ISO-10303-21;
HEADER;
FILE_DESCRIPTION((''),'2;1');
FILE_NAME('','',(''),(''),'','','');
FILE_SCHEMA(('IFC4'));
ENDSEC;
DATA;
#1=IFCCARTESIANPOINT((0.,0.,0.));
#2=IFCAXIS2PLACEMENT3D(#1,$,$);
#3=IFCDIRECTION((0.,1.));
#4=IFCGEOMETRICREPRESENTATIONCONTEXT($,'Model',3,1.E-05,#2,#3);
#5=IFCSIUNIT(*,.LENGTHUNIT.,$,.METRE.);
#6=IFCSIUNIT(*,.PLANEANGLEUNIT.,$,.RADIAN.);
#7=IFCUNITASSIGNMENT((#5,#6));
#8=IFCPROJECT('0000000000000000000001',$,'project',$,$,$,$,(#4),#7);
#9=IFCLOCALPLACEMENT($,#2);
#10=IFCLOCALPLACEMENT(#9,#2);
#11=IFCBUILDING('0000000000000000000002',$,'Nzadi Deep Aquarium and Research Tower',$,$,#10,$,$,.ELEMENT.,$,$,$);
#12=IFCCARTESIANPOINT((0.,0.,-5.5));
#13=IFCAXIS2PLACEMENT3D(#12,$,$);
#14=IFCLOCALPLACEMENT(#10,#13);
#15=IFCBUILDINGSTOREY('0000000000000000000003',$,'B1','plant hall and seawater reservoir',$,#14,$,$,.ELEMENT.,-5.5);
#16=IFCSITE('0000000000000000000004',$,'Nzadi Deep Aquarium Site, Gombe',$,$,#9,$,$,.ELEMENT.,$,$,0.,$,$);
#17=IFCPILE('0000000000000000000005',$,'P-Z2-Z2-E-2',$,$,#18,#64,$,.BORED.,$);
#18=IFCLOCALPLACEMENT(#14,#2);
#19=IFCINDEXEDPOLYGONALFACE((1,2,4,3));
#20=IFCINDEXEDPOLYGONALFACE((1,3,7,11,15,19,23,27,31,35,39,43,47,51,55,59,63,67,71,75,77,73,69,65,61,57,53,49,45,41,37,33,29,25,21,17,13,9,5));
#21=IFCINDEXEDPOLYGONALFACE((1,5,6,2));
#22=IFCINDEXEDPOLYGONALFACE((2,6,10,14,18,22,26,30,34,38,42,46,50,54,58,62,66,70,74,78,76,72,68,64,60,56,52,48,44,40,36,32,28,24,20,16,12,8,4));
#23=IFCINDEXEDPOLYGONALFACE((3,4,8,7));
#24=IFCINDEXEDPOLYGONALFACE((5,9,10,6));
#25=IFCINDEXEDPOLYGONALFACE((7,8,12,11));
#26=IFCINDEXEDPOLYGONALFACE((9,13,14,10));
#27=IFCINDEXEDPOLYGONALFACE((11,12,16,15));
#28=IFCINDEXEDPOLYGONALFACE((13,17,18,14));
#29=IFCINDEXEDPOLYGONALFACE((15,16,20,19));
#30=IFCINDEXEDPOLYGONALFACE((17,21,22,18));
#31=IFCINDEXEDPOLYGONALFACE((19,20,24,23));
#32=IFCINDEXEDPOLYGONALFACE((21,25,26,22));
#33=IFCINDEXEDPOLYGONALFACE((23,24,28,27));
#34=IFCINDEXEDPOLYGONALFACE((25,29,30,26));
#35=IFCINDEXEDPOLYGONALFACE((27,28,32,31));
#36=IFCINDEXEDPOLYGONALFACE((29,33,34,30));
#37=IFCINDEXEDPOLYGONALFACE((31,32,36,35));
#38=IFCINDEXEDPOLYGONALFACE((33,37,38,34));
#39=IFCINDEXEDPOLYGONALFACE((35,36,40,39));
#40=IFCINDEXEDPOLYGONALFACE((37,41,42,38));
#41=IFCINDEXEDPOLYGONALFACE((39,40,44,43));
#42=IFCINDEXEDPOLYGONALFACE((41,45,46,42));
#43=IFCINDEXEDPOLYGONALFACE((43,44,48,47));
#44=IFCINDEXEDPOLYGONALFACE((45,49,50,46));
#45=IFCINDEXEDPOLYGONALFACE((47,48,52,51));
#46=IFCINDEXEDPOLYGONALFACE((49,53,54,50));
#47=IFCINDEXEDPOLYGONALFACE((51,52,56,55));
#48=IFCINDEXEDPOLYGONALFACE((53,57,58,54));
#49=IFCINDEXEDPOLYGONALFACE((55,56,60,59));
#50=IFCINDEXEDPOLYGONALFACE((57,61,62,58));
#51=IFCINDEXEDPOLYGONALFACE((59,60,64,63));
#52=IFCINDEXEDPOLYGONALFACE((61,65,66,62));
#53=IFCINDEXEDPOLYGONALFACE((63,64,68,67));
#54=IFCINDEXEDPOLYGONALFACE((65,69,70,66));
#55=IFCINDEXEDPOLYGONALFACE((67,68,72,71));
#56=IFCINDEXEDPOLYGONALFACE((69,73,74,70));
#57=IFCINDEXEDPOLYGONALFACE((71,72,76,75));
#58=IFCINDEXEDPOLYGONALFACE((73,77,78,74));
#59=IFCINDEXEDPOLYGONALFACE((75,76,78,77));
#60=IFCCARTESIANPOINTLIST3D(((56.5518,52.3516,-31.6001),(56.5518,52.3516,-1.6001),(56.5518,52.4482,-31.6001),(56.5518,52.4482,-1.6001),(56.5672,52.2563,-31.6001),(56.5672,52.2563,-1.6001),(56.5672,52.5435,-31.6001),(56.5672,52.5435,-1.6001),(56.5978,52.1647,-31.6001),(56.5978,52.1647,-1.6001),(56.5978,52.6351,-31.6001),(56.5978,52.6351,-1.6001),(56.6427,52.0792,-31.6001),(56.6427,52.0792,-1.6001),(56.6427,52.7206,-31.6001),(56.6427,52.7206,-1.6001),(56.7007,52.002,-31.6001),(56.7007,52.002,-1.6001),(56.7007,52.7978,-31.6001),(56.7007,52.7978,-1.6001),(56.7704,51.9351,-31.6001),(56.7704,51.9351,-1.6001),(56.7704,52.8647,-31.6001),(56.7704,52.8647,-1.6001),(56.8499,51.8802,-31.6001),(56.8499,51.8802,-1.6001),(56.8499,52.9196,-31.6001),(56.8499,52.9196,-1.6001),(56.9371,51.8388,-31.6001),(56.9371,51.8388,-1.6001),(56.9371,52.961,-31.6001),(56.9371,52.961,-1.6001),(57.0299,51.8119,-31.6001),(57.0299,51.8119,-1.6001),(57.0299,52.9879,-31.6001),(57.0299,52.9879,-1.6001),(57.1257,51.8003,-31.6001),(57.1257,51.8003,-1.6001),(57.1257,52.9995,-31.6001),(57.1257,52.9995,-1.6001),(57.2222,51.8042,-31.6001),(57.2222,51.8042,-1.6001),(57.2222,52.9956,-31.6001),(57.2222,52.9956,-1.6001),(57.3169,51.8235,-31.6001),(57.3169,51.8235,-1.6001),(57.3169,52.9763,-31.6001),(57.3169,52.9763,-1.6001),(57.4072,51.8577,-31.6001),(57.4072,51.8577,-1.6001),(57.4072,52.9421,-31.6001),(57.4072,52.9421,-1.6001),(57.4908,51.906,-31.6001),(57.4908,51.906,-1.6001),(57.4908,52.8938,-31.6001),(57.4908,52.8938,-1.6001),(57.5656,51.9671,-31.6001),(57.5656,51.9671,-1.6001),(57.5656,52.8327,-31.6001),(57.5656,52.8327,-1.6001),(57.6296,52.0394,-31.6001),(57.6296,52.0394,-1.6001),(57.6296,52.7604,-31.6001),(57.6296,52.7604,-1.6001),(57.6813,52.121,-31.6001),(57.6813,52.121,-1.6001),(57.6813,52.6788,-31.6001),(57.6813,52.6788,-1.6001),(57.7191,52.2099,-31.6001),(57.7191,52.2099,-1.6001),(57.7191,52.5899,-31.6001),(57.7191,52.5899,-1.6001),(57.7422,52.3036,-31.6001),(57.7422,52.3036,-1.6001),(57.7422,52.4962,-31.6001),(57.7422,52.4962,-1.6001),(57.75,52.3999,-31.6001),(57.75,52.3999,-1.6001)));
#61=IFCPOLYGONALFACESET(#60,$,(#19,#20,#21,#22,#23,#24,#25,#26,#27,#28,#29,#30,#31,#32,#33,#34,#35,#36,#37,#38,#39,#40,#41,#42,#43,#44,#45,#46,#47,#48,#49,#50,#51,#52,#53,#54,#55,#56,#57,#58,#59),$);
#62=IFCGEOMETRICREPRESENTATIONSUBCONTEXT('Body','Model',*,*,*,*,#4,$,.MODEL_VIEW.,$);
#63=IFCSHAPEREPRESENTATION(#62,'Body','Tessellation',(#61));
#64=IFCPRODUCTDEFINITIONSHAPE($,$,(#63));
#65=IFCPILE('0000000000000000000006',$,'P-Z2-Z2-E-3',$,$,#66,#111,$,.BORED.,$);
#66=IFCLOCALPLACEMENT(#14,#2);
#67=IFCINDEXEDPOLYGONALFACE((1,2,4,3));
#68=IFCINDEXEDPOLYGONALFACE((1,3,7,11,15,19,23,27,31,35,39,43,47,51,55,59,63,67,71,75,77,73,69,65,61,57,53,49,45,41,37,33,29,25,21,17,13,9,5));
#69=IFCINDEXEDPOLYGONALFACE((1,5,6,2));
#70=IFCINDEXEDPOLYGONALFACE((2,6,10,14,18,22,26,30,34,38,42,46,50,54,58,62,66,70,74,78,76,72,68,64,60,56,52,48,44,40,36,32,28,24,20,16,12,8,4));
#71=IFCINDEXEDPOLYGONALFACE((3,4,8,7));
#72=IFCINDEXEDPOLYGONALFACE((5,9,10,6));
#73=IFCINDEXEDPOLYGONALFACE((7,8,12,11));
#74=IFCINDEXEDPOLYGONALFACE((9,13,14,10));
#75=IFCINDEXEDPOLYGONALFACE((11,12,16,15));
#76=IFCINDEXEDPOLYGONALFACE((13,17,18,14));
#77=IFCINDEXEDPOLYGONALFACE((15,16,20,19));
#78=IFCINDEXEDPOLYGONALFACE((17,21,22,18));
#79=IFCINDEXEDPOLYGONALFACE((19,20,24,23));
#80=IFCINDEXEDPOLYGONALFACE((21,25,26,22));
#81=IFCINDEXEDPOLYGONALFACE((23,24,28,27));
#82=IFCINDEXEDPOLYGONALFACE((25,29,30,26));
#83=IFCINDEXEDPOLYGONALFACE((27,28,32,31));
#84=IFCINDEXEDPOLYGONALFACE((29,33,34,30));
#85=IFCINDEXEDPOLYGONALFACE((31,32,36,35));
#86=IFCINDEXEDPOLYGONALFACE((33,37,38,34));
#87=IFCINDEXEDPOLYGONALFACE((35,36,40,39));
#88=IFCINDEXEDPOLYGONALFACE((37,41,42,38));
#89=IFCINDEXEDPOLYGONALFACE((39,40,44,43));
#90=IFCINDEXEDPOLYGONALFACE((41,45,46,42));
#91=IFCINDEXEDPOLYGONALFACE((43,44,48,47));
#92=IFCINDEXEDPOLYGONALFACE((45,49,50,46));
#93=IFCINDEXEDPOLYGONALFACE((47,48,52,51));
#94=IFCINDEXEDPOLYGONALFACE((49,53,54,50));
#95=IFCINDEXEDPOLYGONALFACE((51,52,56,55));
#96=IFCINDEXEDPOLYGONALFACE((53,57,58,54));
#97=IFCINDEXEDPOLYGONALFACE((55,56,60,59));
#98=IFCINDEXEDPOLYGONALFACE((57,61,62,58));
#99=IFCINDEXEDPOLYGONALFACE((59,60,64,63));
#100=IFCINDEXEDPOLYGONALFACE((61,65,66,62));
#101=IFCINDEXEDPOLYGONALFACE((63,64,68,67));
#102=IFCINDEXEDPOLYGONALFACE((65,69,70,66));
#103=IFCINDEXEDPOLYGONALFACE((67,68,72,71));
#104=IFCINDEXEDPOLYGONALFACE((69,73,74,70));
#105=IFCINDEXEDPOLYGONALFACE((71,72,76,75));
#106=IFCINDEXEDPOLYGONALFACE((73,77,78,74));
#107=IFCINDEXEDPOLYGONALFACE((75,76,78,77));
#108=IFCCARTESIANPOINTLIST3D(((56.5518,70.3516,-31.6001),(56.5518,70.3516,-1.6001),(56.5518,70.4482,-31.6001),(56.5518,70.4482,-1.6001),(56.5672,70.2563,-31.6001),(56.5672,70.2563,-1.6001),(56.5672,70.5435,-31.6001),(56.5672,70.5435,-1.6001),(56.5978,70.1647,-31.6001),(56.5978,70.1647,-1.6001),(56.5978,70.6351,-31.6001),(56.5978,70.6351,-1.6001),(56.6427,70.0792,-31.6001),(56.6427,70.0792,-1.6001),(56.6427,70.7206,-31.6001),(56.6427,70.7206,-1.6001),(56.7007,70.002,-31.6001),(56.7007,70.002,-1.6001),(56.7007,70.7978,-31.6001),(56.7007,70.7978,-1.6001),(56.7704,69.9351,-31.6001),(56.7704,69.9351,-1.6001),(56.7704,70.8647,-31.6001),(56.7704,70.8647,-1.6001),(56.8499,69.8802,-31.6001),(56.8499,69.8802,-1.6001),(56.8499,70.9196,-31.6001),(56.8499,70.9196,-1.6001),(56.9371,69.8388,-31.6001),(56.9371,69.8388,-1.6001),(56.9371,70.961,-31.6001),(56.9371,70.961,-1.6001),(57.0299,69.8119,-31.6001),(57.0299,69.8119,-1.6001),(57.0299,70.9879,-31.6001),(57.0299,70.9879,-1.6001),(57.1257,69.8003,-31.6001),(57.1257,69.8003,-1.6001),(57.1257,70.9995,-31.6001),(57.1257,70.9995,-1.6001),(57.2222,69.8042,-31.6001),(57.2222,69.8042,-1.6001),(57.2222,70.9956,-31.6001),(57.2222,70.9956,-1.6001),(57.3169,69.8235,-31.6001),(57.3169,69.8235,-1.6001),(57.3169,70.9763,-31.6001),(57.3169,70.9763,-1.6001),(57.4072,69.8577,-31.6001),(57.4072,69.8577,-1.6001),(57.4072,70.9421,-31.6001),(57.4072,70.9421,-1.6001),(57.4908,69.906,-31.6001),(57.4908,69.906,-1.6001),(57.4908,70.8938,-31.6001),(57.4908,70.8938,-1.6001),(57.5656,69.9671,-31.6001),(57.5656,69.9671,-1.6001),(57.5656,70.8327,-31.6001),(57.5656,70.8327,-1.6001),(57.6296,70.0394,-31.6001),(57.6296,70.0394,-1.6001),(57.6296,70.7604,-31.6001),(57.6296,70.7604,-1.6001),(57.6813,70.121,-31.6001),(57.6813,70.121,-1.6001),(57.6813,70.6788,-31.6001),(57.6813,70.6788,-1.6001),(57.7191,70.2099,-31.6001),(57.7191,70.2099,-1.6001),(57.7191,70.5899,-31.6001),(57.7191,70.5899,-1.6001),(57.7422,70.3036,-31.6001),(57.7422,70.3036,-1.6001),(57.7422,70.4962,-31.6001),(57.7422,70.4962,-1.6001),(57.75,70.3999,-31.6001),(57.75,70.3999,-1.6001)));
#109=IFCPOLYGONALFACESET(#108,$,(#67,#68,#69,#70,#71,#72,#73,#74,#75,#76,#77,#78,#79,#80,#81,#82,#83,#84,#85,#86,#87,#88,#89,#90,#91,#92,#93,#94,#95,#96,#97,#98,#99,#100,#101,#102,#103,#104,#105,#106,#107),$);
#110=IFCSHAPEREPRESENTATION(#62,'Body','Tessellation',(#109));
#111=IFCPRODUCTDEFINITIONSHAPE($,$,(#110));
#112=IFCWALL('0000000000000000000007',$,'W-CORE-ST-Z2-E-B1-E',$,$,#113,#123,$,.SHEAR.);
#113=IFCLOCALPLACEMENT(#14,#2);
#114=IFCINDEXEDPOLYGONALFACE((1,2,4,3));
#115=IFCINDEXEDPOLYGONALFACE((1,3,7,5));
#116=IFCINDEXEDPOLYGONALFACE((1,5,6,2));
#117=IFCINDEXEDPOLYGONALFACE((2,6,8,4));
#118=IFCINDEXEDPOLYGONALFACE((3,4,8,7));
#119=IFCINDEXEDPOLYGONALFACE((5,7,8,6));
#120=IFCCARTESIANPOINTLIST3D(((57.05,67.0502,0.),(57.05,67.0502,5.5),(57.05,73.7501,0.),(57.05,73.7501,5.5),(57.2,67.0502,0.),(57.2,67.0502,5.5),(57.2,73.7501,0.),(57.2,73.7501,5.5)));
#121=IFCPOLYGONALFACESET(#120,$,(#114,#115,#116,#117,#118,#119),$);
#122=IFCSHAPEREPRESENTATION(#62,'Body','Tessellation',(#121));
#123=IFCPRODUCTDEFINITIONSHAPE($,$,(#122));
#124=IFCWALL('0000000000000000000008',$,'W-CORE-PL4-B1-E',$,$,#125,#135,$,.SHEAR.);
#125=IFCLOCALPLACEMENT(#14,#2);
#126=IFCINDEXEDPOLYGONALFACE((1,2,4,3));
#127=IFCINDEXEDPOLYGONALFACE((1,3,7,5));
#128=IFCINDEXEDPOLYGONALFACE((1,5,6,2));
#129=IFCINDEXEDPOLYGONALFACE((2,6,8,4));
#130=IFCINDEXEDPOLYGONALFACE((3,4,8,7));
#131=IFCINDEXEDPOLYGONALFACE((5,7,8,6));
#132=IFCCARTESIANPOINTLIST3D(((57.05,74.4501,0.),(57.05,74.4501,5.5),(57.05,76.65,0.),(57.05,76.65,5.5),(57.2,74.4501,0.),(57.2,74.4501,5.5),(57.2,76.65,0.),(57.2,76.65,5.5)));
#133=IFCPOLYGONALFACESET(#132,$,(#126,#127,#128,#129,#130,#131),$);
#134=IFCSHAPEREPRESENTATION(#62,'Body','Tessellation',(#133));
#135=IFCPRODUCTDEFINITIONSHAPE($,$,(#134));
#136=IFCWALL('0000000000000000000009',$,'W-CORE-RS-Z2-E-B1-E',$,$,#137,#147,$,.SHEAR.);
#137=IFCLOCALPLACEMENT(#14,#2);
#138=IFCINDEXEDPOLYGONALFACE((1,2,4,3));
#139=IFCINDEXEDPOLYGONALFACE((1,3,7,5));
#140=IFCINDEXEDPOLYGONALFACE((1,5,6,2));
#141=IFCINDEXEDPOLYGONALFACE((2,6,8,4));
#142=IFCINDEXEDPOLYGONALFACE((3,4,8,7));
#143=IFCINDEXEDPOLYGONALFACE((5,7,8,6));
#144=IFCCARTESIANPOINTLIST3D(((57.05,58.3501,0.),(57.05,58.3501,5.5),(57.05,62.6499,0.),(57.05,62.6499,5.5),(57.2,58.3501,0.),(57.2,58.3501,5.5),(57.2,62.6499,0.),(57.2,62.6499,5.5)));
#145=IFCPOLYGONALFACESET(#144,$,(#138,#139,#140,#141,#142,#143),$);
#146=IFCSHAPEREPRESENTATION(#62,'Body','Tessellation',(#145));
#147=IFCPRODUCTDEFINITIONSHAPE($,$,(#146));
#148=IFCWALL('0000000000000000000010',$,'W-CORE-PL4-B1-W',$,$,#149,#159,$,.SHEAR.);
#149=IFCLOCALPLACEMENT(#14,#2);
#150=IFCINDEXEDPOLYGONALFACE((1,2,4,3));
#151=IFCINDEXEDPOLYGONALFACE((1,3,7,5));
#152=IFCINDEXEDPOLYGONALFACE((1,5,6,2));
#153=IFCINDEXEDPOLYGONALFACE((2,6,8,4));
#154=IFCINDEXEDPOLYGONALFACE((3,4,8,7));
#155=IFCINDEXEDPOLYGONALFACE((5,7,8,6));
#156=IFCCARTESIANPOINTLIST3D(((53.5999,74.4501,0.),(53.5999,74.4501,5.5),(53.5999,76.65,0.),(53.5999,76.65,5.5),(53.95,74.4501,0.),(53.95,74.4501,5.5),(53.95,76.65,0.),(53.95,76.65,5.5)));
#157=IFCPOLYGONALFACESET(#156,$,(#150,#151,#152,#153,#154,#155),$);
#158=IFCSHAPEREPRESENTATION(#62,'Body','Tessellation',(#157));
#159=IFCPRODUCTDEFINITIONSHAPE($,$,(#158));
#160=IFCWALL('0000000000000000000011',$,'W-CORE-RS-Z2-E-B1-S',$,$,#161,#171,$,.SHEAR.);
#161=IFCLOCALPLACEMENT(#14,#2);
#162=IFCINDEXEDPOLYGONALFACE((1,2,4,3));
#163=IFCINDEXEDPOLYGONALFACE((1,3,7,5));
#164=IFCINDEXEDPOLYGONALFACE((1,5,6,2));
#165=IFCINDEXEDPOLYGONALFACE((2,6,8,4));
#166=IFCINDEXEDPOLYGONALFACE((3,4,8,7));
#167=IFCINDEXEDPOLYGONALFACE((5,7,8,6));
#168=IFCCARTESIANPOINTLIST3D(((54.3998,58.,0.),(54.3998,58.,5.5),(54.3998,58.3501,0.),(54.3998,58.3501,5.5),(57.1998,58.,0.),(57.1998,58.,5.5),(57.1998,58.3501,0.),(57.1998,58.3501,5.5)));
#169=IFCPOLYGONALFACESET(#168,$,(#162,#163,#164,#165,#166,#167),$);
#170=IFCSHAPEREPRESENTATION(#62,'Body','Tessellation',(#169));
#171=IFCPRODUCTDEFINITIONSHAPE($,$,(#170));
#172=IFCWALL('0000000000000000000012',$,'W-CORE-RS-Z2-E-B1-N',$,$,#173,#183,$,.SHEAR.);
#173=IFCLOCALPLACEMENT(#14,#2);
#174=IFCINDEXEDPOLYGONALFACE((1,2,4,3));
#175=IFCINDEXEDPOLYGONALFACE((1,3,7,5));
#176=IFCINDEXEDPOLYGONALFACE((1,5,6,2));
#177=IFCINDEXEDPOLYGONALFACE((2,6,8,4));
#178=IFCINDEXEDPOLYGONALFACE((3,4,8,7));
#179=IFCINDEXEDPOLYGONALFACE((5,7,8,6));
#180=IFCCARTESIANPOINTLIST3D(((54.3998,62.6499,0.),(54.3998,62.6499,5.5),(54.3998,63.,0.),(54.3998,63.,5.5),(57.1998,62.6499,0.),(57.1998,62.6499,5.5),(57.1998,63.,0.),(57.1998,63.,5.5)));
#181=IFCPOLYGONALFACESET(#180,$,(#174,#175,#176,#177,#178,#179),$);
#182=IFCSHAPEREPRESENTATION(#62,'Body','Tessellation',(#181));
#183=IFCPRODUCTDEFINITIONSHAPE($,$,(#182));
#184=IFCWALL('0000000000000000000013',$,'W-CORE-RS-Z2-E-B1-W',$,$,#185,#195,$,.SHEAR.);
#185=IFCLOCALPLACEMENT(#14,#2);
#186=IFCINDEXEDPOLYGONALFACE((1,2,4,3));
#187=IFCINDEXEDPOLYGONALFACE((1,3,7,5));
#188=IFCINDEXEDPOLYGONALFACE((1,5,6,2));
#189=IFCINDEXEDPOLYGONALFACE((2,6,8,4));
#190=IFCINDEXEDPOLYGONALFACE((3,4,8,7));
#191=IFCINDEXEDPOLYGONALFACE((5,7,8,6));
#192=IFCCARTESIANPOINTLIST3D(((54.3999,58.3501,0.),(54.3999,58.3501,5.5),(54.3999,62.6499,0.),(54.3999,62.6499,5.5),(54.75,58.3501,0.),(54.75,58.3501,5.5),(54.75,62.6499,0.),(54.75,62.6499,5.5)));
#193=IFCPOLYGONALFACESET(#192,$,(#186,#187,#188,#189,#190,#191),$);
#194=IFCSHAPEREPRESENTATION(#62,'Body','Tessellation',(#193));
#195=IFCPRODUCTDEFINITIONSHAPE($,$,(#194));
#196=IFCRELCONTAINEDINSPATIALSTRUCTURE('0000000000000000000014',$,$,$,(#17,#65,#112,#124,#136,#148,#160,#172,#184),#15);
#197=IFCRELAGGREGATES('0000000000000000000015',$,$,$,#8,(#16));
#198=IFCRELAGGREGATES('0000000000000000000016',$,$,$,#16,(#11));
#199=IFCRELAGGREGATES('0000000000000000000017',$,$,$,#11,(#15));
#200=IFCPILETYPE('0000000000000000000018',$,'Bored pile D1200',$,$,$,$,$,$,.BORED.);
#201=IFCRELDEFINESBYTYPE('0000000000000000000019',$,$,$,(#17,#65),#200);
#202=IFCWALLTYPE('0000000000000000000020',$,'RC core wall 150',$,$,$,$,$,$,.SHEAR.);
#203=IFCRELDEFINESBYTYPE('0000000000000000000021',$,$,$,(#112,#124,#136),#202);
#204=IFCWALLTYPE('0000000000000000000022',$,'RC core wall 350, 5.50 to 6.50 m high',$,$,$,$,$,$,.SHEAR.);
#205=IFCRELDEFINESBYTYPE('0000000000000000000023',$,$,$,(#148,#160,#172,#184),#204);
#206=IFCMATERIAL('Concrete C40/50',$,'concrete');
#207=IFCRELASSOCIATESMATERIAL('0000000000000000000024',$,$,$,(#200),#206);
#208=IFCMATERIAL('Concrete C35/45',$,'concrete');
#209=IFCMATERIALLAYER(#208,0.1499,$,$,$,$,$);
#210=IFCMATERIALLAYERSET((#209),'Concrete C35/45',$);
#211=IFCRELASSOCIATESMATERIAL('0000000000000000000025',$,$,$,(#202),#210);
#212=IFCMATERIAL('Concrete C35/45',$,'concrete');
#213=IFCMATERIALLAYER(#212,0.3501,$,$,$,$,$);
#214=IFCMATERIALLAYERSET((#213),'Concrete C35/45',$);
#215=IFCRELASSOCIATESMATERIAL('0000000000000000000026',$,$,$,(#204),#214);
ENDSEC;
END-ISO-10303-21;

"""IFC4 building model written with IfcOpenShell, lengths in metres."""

from ifc_helpers import new_model, si_unit, direction, frame, frame_2d, origin, origin_2d, place, context, subcontext, project, spatial, rectangle, circle, extrude, material, layer, layer_set, material_profile, profile_set, type_object, element, save


model = new_model("IFC4")

# Units and contexts
model_context = context("Model", 3, precision=1e-05, world=origin(), true_north=direction((0.0, 1.0)))
body_context = subcontext(model_context, "Body", "Model", "MODEL_VIEW")
ifc_project = project(units=[si_unit("LENGTHUNIT", "METRE"), si_unit("PLANEANGLEUNIT", "RADIAN")], contexts=[model_context])

# Site, building, storey
site_placement = place(None, origin())
site = spatial("IfcSite", under=ifc_project, at=site_placement, Name="Nzadi Deep Aquarium Site, Gombe", CompositionType="ELEMENT", RefElevation=0.0)
building_placement = place(site_placement, origin())
building = spatial("IfcBuilding", under=site, at=building_placement, Name="Nzadi Deep Aquarium and Research Tower", CompositionType="ELEMENT")
storey_placement = place(building_placement, frame((0.0, 0.0, -5.5)))
storey = spatial("IfcBuildingStorey", under=building, at=storey_placement, Name="B1", Description="plant hall and seawater reservoir", CompositionType="ELEMENT", Elevation=-5.5)

# Piles
ifc_material_1 = material(Name="Concrete C40/50", Category="concrete")
ifc_material_profile_1 = material_profile(ifc_material_1, circle(Radius=0.6001, at=origin_2d()))
ifc_profile_set_1 = profile_set([ifc_material_profile_1], Name="Concrete C40/50")
pile_type_1 = type_object("IfcPileType", Name="Bored pile D1200", PredefinedType="BORED", material=ifc_profile_set_1)
for number, where, z_axis, x_axis, name in (
    (1, (57.1499, 52.3999, -1.6001), (0.0, 0.0, -1.0), (1.0, 0.0, 0.0), "P-Z2-Z2-E-2"),
    (2, (57.1499, 70.3999, -1.6001), (0.0, 0.0, -1.0), (1.0, 0.0, 0.0), "P-Z2-Z2-E-3"),
):
    element("IfcPile", number, at=place(storey_placement, frame(where, z_axis=z_axis, x_axis=x_axis)), inside=storey, type_object=pile_type_1, Name=name, PredefinedType="BORED", context=body_context, shape_type="SweptSolid", body=[
        extrude(circle(Radius=0.6001, at=origin_2d()), origin(), (0.0, 0.0, 1.0), 30.0),
    ])

# Walls
ifc_material_2 = material(Name="Concrete C35/45", Category="concrete")
ifc_layer_1 = layer(ifc_material_2, 0.1499)
ifc_layer_set_1 = layer_set([ifc_layer_1], Name="Concrete C35/45")
wall_type_1 = type_object("IfcWallType", Name="RC core wall 150", PredefinedType="SHEAR", material=ifc_layer_set_1)
wall_1_placement = place(storey_placement, frame((57.125, 67.05, 0.0), z_axis=(0.0, 0.0, 1.0), x_axis=(0.0, 1.0, 0.0)))
element("IfcWall", 3, at=wall_1_placement, inside=storey, type_object=wall_type_1, Name="W-CORE-ST-Z2-E-B1-E", PredefinedType="SHEAR", context=body_context, shape_type="SweptSolid", body=[
    extrude(rectangle(XDim=6.7, YDim=0.1499, at=frame_2d((3.3501, 0.0))), origin(), (0.0, 0.0, 1.0), 5.5),
])
wall_2_placement = place(storey_placement, frame((57.125, 74.45, 0.0), z_axis=(0.0, 0.0, 1.0), x_axis=(0.0, 1.0, 0.0)))
element("IfcWall", 4, at=wall_2_placement, inside=storey, type_object=wall_type_1, Name="W-CORE-PL4-B1-E", PredefinedType="SHEAR", context=body_context, shape_type="SweptSolid", body=[
    extrude(rectangle(XDim=2.2, YDim=0.1499, at=frame_2d((1.1001, 0.0))), origin(), (0.0, 0.0, 1.0), 5.5),
])
wall_3_placement = place(storey_placement, frame((57.125, 58.3501, 0.0), z_axis=(0.0, 0.0, 1.0), x_axis=(0.0, 1.0, 0.0)))
element("IfcWall", 5, at=wall_3_placement, inside=storey, type_object=wall_type_1, Name="W-CORE-RS-Z2-E-B1-E", PredefinedType="SHEAR", context=body_context, shape_type="SweptSolid", body=[
    extrude(rectangle(XDim=4.2998, YDim=0.1499, at=frame_2d((2.1499, 0.0))), origin(), (0.0, 0.0, 1.0), 5.5),
])
ifc_material_3 = material(Name="Concrete C35/45", Category="concrete")
ifc_layer_2 = layer(ifc_material_3, 0.3501)
ifc_layer_set_2 = layer_set([ifc_layer_2], Name="Concrete C35/45")
wall_type_2 = type_object("IfcWallType", Name="RC core wall 350, 5.50 to 6.50 m high", PredefinedType="SHEAR", material=ifc_layer_set_2)
wall_4_placement = place(storey_placement, frame((53.7749, 74.45, 0.0), z_axis=(0.0, 0.0, 1.0), x_axis=(0.0, 1.0, 0.0)))
element("IfcWall", 6, at=wall_4_placement, inside=storey, type_object=wall_type_2, Name="W-CORE-PL4-B1-W", PredefinedType="SHEAR", context=body_context, shape_type="SweptSolid", body=[
    extrude(rectangle(XDim=2.2, YDim=0.3501, at=frame_2d((1.1001, 0.0))), origin(), (0.0, 0.0, 1.0), 5.5),
])
for number, where, z_axis, x_axis, name in (
    (7, (54.3999, 58.175, 0.0), (0.0, 0.0, 1.0), (1.0, 0.0, 0.0), "W-CORE-RS-Z2-E-B1-S"),
    (8, (54.3999, 62.825, 0.0), (0.0, 0.0, 1.0), (1.0, 0.0, 0.0), "W-CORE-RS-Z2-E-B1-N"),
):
    element("IfcWall", number, at=place(storey_placement, frame(where, z_axis=z_axis, x_axis=x_axis)), inside=storey, type_object=wall_type_2, Name=name, PredefinedType="SHEAR", context=body_context, shape_type="SweptSolid", body=[
        extrude(rectangle(XDim=2.8, YDim=0.3501, at=frame_2d((1.3999, 0.0))), origin(), (0.0, 0.0, 1.0), 5.5),
    ])
wall_5_placement = place(storey_placement, frame((54.575, 58.3501, 0.0), z_axis=(0.0, 0.0, 1.0), x_axis=(0.0, 1.0, 0.0)))
element("IfcWall", 9, at=wall_5_placement, inside=storey, type_object=wall_type_2, Name="W-CORE-RS-Z2-E-B1-W", PredefinedType="SHEAR", context=body_context, shape_type="SweptSolid", body=[
    extrude(rectangle(XDim=4.2998, YDim=0.3501, at=frame_2d((2.1499, 0.0))), origin(), (0.0, 0.0, 1.0), 5.5),
])

save(model, "model.ifc")
